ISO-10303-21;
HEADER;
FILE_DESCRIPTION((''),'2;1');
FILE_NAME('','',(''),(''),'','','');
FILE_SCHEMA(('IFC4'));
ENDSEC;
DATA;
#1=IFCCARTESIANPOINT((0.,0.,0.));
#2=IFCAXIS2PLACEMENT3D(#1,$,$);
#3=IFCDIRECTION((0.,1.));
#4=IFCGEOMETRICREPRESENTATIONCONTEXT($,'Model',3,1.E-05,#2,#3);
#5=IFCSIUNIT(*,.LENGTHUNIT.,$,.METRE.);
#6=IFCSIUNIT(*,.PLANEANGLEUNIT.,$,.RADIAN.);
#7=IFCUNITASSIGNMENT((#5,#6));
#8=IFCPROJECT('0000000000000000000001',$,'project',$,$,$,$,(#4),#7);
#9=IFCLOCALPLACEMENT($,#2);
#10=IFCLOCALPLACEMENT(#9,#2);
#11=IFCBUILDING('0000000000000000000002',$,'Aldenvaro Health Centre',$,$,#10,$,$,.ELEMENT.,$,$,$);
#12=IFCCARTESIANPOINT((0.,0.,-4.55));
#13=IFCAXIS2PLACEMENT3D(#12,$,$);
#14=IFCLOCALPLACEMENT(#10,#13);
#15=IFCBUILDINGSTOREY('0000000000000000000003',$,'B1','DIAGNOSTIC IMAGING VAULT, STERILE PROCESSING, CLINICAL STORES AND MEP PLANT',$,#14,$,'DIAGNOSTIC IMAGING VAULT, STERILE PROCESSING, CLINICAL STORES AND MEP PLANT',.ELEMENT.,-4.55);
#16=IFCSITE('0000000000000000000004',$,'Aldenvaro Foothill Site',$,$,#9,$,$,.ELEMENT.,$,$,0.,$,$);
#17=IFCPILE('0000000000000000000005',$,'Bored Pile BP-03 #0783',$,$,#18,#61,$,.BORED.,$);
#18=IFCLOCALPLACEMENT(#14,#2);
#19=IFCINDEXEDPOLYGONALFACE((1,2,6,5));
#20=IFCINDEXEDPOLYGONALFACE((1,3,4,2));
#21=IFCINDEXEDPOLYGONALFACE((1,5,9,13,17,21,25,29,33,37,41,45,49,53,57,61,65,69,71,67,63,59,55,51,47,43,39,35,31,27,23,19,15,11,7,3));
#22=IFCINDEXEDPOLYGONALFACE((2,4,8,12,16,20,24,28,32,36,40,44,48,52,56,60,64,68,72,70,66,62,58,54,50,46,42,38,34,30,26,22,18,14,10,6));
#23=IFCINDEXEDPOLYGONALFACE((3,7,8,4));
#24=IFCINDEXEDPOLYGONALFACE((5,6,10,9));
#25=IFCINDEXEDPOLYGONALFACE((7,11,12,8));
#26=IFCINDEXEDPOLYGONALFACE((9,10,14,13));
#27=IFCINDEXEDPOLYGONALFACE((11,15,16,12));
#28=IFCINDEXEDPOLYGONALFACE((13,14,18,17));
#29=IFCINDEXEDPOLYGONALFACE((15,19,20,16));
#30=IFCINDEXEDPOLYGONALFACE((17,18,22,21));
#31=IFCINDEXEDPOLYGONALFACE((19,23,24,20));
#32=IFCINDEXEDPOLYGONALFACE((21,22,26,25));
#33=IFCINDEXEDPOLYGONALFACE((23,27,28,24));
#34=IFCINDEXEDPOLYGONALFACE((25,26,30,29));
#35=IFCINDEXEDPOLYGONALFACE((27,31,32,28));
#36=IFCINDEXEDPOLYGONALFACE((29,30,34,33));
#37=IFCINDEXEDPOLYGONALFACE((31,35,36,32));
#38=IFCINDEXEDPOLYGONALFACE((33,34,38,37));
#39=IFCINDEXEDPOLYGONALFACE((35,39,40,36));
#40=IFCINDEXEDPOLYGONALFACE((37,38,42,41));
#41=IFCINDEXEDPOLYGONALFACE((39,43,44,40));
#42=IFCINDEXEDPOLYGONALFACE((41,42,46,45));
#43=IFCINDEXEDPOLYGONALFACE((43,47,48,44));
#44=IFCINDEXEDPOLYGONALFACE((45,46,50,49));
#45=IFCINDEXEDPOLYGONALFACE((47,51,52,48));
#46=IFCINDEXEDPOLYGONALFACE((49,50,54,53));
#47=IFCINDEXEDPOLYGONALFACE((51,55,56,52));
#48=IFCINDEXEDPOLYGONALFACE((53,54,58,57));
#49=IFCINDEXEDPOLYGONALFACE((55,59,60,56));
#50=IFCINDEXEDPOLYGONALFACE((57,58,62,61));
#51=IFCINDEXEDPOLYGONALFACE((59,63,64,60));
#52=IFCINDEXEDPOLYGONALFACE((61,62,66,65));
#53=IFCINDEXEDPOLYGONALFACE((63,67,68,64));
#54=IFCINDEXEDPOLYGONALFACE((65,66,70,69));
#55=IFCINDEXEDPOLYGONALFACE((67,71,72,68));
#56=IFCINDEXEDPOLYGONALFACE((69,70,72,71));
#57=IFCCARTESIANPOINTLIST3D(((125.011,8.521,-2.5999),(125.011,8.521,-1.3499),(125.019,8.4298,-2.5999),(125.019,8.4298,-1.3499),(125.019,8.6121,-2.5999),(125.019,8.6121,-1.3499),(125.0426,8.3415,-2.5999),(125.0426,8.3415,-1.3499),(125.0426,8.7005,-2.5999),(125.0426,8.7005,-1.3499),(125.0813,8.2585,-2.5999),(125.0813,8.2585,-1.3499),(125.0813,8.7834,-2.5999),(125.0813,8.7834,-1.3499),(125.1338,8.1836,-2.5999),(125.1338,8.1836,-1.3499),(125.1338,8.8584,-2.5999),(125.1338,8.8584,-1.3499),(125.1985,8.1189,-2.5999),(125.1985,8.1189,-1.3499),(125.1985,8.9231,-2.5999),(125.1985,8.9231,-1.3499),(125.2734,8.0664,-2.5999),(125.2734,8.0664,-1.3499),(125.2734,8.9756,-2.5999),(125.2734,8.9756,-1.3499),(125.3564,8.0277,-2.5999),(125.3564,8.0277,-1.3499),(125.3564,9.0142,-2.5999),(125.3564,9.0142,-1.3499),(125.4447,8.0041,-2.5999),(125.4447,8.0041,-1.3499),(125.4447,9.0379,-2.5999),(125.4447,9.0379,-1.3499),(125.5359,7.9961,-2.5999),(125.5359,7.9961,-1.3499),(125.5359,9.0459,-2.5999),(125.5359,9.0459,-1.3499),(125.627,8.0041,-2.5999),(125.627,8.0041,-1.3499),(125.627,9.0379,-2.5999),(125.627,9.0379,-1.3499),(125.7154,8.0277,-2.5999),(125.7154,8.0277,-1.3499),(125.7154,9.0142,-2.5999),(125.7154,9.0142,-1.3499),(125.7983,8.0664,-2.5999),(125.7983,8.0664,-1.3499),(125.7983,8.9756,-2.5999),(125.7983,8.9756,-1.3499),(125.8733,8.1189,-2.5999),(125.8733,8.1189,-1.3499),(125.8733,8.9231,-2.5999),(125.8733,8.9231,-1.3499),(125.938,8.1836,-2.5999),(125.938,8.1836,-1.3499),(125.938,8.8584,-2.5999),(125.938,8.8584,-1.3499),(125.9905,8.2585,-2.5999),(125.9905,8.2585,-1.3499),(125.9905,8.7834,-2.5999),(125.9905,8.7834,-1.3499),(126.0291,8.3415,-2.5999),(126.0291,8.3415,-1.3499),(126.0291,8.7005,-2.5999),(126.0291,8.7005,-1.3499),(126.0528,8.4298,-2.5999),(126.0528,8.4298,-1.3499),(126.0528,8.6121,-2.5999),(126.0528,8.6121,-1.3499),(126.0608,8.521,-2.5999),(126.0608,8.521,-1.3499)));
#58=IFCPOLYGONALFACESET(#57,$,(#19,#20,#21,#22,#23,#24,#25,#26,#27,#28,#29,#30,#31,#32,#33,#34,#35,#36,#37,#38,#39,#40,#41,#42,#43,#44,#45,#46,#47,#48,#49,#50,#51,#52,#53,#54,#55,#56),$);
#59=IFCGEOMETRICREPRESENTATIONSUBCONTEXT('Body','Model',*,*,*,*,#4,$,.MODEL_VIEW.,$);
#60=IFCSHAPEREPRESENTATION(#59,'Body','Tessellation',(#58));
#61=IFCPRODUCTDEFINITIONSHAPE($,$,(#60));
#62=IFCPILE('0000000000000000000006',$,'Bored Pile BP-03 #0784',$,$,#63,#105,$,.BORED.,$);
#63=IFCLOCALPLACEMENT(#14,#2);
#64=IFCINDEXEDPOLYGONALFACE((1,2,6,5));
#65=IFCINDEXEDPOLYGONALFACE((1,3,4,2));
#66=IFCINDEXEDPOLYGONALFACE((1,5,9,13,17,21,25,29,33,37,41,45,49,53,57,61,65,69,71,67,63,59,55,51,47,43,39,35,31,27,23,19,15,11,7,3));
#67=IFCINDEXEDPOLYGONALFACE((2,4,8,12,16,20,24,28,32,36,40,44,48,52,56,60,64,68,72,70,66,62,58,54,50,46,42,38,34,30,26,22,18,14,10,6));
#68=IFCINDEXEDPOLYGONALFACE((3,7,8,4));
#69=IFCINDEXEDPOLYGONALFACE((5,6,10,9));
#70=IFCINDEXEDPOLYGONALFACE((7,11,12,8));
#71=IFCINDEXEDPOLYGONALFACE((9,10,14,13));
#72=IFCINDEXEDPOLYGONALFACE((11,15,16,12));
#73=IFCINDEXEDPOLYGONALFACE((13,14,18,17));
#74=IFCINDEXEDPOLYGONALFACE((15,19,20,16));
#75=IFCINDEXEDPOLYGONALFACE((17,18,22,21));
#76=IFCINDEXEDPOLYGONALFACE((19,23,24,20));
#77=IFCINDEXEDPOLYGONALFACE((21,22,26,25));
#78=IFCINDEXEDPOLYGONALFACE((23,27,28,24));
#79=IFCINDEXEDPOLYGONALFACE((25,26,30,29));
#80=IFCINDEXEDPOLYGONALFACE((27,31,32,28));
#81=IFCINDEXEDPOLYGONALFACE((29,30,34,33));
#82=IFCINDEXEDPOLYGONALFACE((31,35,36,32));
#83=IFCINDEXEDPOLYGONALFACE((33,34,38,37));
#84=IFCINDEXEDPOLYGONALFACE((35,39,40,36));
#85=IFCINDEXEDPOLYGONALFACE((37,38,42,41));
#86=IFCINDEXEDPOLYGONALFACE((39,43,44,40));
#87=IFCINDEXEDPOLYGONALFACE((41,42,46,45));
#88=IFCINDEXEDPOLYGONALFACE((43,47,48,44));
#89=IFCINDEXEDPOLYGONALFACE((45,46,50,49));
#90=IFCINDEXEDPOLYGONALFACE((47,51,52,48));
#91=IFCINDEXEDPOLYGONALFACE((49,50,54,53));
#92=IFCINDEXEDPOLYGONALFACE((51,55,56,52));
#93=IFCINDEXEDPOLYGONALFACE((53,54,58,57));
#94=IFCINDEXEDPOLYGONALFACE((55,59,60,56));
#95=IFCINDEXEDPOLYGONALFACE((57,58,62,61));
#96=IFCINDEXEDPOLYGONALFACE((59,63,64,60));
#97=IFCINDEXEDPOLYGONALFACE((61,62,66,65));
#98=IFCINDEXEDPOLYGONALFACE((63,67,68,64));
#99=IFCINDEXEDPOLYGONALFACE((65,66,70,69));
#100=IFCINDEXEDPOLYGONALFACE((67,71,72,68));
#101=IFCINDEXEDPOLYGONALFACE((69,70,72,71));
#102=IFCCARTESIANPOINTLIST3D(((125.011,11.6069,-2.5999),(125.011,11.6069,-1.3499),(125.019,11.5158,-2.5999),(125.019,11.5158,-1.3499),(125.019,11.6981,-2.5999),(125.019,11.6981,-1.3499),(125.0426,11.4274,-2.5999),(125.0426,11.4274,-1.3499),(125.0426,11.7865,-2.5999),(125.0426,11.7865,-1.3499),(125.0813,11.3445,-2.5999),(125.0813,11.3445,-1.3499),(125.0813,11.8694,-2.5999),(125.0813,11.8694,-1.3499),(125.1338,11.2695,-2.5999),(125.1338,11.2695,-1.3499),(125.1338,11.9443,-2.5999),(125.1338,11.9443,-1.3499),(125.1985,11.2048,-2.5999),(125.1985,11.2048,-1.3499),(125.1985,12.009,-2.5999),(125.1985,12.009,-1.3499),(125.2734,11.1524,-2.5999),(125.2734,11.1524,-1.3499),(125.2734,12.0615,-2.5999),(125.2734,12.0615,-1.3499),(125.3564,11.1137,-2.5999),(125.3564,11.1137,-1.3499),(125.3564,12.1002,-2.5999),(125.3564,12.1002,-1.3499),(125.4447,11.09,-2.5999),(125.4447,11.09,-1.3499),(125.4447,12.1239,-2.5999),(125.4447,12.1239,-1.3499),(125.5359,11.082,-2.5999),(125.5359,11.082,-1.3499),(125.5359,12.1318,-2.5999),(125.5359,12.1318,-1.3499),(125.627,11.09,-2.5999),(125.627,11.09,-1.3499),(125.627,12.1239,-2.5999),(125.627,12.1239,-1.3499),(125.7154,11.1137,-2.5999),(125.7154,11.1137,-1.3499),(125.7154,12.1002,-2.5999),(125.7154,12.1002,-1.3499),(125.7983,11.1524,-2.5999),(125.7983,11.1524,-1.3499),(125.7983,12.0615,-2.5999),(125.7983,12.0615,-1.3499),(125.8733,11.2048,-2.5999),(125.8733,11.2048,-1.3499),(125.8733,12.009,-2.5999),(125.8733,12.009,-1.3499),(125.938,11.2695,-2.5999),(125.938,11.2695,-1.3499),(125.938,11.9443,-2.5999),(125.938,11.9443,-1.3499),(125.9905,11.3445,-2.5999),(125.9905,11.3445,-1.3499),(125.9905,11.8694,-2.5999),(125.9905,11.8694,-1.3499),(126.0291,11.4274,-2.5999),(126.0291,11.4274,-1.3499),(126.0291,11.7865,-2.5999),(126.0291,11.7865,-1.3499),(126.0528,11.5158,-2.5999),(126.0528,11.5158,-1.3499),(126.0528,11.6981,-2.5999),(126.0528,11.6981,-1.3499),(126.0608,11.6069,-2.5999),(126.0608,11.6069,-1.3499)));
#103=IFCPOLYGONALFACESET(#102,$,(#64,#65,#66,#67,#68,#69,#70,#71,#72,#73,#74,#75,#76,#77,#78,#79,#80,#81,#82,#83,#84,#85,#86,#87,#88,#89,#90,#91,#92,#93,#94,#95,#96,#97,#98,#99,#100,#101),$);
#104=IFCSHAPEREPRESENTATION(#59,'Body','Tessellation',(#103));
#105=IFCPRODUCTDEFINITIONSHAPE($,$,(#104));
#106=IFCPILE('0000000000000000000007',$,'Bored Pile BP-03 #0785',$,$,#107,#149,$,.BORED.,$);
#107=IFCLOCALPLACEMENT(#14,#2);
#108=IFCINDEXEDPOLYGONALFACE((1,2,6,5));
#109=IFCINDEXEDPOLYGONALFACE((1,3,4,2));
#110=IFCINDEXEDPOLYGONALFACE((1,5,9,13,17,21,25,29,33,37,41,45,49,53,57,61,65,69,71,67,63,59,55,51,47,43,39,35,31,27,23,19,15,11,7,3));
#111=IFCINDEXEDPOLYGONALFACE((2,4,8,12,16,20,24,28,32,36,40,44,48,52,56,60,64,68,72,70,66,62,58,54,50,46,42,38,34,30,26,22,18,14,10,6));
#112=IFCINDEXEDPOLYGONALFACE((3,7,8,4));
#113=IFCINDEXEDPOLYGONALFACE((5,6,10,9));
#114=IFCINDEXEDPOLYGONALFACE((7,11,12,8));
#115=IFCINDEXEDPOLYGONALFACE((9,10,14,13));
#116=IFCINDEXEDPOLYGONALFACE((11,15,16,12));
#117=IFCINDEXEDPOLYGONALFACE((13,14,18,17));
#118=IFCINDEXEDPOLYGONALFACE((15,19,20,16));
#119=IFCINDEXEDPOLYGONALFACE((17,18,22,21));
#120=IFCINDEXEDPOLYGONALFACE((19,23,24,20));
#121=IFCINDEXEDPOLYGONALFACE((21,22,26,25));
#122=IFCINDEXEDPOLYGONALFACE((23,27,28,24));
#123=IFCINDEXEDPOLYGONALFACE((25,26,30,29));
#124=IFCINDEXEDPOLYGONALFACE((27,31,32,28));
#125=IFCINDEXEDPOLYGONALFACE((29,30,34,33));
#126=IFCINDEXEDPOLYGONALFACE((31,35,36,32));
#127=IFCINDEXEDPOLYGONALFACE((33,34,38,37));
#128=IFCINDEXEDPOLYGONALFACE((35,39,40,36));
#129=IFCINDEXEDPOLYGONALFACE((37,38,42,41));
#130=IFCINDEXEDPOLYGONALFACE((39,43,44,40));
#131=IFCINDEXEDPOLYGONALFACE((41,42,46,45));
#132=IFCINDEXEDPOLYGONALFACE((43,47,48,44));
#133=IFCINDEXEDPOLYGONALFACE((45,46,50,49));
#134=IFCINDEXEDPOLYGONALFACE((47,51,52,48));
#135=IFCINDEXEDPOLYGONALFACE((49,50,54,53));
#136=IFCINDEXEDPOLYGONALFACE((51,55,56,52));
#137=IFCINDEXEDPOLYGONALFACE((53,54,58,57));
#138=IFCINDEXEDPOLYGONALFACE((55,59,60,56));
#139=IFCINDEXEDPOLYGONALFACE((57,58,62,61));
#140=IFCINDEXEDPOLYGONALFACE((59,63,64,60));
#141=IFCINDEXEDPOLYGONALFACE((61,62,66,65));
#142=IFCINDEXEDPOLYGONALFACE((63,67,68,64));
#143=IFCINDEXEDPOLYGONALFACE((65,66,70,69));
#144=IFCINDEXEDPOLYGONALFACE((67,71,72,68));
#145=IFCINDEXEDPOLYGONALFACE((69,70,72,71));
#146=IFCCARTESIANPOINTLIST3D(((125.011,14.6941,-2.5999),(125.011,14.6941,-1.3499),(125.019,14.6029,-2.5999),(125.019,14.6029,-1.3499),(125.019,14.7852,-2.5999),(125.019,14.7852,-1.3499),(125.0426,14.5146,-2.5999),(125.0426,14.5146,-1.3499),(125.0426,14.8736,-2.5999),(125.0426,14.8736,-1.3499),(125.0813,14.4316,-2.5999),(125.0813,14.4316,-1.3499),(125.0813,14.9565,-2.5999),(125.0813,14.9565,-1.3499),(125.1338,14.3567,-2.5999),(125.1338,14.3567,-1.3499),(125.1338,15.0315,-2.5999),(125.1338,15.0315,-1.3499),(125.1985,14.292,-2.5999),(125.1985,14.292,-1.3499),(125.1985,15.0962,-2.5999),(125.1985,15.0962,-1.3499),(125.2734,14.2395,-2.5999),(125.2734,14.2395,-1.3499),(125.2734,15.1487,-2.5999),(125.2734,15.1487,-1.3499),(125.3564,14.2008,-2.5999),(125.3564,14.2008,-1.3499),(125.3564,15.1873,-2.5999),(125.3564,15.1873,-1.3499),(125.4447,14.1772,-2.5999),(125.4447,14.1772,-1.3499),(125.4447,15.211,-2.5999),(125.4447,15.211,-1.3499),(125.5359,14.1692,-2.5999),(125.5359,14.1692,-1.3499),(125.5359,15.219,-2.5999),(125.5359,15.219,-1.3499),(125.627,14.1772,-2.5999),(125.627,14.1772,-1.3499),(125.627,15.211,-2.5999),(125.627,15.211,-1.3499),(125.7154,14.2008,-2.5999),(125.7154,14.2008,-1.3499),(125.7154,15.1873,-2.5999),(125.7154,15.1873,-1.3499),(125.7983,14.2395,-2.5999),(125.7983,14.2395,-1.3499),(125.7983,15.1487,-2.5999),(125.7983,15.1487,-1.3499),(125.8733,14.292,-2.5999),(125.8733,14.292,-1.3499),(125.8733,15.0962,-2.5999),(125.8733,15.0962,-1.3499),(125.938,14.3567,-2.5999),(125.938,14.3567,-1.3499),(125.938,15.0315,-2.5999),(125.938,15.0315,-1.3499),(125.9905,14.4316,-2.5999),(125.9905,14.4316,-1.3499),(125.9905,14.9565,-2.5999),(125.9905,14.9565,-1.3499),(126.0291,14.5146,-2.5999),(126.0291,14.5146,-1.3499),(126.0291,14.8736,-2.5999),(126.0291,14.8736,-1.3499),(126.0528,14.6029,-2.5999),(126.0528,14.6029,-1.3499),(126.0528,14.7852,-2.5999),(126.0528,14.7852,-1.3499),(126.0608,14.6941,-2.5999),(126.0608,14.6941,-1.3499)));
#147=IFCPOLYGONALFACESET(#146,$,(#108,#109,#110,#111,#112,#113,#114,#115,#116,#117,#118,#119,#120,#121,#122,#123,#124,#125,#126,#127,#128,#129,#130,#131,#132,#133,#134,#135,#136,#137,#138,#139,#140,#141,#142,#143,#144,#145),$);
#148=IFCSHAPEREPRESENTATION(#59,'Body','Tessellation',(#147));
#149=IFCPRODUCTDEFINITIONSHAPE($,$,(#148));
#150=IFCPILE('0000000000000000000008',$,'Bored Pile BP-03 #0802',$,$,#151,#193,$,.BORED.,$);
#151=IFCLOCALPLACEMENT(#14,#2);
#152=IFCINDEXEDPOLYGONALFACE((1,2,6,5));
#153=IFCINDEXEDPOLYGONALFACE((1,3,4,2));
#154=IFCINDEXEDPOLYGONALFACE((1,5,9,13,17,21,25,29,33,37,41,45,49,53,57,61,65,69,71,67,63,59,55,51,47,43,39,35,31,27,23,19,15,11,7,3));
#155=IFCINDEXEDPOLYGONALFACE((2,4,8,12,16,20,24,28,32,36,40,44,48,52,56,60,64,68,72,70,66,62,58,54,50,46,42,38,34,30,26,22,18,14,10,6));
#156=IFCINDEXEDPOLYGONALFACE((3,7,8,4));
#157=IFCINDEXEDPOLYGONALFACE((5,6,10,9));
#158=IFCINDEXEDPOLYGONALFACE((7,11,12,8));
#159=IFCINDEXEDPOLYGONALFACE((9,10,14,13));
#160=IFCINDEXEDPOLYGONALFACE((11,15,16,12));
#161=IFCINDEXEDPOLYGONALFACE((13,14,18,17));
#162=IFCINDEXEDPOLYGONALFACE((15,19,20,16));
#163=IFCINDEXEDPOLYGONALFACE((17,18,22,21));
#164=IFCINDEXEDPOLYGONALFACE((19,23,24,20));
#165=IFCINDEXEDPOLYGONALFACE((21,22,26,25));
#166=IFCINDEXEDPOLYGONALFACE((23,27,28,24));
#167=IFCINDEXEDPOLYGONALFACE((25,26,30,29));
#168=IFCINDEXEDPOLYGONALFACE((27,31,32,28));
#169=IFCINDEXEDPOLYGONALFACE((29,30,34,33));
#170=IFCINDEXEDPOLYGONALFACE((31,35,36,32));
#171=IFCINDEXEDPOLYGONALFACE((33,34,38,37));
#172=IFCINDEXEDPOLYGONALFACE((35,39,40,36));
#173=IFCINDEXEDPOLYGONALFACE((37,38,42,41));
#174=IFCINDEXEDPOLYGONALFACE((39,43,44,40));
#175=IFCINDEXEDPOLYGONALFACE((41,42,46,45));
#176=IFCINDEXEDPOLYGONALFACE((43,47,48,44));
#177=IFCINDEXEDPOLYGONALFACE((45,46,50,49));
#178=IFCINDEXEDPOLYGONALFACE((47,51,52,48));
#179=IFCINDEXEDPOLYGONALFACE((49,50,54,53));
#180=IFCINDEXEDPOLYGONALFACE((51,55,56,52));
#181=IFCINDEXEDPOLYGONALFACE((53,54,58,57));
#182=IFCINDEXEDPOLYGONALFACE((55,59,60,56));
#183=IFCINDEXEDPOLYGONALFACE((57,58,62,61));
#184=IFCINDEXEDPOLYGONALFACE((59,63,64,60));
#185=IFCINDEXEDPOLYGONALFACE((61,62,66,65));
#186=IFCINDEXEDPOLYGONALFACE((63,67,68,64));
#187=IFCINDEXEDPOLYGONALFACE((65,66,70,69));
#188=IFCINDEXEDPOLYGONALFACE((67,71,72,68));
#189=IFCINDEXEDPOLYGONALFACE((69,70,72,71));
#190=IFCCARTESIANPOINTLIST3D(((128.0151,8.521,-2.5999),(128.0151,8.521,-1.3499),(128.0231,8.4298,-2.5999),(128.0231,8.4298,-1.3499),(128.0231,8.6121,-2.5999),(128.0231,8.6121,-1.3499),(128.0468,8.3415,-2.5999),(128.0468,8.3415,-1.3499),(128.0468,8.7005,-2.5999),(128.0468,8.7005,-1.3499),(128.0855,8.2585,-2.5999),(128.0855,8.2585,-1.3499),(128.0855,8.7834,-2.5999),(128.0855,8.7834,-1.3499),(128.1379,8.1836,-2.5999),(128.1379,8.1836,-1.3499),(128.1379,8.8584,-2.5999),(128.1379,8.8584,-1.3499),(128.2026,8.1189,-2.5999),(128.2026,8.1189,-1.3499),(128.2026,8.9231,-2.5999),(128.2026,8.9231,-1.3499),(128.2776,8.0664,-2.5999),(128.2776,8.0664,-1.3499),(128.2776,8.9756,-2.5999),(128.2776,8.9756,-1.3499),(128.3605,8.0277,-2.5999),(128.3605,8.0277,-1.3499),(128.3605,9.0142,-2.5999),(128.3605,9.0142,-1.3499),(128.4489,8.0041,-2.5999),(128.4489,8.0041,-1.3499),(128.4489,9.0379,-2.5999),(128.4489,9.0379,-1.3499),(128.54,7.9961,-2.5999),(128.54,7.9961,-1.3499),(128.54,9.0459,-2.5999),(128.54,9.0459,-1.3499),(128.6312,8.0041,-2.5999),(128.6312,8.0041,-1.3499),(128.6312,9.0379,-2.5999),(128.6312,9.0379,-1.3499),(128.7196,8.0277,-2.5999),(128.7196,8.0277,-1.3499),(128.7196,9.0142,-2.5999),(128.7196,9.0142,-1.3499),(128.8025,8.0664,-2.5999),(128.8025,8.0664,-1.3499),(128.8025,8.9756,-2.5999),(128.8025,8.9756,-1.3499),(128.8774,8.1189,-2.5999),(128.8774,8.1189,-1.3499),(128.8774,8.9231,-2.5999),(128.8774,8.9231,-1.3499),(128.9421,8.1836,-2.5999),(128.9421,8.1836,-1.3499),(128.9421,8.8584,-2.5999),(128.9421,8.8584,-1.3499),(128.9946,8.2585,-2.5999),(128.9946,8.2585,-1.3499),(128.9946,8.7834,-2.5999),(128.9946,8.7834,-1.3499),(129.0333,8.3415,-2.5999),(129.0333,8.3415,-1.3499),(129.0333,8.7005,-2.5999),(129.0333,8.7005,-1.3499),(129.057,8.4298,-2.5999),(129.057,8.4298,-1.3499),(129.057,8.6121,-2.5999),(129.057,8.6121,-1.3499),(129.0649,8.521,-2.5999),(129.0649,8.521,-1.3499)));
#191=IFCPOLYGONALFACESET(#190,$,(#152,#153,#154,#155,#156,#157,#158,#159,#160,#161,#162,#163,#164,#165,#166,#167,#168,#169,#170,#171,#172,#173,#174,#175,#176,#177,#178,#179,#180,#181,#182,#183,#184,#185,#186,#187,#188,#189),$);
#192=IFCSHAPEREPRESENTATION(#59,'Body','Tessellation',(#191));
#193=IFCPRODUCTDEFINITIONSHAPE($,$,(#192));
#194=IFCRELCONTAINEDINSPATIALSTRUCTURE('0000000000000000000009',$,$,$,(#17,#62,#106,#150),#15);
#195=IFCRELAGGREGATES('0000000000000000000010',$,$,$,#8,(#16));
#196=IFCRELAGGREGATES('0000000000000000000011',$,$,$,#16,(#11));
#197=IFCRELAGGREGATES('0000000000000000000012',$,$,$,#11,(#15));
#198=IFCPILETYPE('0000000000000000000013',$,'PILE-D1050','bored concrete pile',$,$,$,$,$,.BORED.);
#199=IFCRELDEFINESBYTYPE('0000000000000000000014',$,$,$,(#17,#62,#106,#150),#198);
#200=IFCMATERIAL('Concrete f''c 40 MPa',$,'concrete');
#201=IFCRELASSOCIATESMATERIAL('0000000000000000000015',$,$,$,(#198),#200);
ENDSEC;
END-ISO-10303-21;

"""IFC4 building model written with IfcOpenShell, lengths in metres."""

from ifc_helpers import new_model, si_unit, direction, frame, origin, origin_2d, place, context, subcontext, project, spatial, circle, extrude, material, material_profile, profile_set, type_object, element, save


model = new_model("IFC4")

# Units and contexts
model_context = context("Model", 3, precision=1e-05, world=origin(), true_north=direction((0.0, 1.0)))
body_context = subcontext(model_context, "Body", "Model", "MODEL_VIEW")
ifc_project = project(units=[si_unit("LENGTHUNIT", "METRE"), si_unit("PLANEANGLEUNIT", "RADIAN")], contexts=[model_context])

# Site, building, storey
site_placement = place(None, origin())
site = spatial("IfcSite", under=ifc_project, at=site_placement, Name="Aldenvaro Foothill Site", CompositionType="ELEMENT", RefElevation=0.0)
building_placement = place(site_placement, origin())
building = spatial("IfcBuilding", under=site, at=building_placement, Name="Aldenvaro Health Centre", CompositionType="ELEMENT")
storey_placement = place(building_placement, frame((0.0, 0.0, -4.55)))
storey = spatial("IfcBuildingStorey", under=building, at=storey_placement, Name="B1", Description="DIAGNOSTIC IMAGING VAULT, STERILE PROCESSING, CLINICAL STORES AND MEP PLANT", LongName="DIAGNOSTIC IMAGING VAULT, STERILE PROCESSING, CLINICAL STORES AND MEP PLANT", CompositionType="ELEMENT", Elevation=-4.55)

# Piles
ifc_material_1 = material(Name="Concrete f'c 40 MPa", Category="concrete")
ifc_material_profile_1 = material_profile(ifc_material_1, circle(Radius=0.5249, at=origin_2d()), Name="PILE D1050", Category="concrete")
ifc_profile_set_1 = profile_set([ifc_material_profile_1], Name="Concrete f'c 40 MPa")
pile_type_1 = type_object("IfcPileType", Name="PILE-D1050", Description="bored concrete pile", PredefinedType="BORED", material=ifc_profile_set_1)
for number, where, z_axis, x_axis, name in (
    (1, (125.5359, 8.521, -1.3499), (0.0, 0.0, -1.0), (1.0, 0.0, 0.0), "Bored Pile BP-03 #0783"),
    (2, (125.5359, 11.6069, -1.3499), (0.0, 0.0, -1.0), (1.0, 0.0, 0.0), "Bored Pile BP-03 #0784"),
    (3, (125.5359, 14.6941, -1.3499), (0.0, 0.0, -1.0), (1.0, 0.0, 0.0), "Bored Pile BP-03 #0785"),
    (4, (128.54, 8.521, -1.3499), (0.0, 0.0, -1.0), (1.0, 0.0, 0.0), "Bored Pile BP-03 #0802"),
):
    element("IfcPile", number, at=place(storey_placement, frame(where, z_axis=z_axis, x_axis=x_axis)), inside=storey, type_object=pile_type_1, Name=name, PredefinedType="BORED", context=body_context, shape_type="SweptSolid", body=[
        extrude(circle(Radius=0.5249, at=origin_2d()), origin(), (0.0, 0.0, 1.0), 1.25),
    ])

save(model, "model.ifc")
